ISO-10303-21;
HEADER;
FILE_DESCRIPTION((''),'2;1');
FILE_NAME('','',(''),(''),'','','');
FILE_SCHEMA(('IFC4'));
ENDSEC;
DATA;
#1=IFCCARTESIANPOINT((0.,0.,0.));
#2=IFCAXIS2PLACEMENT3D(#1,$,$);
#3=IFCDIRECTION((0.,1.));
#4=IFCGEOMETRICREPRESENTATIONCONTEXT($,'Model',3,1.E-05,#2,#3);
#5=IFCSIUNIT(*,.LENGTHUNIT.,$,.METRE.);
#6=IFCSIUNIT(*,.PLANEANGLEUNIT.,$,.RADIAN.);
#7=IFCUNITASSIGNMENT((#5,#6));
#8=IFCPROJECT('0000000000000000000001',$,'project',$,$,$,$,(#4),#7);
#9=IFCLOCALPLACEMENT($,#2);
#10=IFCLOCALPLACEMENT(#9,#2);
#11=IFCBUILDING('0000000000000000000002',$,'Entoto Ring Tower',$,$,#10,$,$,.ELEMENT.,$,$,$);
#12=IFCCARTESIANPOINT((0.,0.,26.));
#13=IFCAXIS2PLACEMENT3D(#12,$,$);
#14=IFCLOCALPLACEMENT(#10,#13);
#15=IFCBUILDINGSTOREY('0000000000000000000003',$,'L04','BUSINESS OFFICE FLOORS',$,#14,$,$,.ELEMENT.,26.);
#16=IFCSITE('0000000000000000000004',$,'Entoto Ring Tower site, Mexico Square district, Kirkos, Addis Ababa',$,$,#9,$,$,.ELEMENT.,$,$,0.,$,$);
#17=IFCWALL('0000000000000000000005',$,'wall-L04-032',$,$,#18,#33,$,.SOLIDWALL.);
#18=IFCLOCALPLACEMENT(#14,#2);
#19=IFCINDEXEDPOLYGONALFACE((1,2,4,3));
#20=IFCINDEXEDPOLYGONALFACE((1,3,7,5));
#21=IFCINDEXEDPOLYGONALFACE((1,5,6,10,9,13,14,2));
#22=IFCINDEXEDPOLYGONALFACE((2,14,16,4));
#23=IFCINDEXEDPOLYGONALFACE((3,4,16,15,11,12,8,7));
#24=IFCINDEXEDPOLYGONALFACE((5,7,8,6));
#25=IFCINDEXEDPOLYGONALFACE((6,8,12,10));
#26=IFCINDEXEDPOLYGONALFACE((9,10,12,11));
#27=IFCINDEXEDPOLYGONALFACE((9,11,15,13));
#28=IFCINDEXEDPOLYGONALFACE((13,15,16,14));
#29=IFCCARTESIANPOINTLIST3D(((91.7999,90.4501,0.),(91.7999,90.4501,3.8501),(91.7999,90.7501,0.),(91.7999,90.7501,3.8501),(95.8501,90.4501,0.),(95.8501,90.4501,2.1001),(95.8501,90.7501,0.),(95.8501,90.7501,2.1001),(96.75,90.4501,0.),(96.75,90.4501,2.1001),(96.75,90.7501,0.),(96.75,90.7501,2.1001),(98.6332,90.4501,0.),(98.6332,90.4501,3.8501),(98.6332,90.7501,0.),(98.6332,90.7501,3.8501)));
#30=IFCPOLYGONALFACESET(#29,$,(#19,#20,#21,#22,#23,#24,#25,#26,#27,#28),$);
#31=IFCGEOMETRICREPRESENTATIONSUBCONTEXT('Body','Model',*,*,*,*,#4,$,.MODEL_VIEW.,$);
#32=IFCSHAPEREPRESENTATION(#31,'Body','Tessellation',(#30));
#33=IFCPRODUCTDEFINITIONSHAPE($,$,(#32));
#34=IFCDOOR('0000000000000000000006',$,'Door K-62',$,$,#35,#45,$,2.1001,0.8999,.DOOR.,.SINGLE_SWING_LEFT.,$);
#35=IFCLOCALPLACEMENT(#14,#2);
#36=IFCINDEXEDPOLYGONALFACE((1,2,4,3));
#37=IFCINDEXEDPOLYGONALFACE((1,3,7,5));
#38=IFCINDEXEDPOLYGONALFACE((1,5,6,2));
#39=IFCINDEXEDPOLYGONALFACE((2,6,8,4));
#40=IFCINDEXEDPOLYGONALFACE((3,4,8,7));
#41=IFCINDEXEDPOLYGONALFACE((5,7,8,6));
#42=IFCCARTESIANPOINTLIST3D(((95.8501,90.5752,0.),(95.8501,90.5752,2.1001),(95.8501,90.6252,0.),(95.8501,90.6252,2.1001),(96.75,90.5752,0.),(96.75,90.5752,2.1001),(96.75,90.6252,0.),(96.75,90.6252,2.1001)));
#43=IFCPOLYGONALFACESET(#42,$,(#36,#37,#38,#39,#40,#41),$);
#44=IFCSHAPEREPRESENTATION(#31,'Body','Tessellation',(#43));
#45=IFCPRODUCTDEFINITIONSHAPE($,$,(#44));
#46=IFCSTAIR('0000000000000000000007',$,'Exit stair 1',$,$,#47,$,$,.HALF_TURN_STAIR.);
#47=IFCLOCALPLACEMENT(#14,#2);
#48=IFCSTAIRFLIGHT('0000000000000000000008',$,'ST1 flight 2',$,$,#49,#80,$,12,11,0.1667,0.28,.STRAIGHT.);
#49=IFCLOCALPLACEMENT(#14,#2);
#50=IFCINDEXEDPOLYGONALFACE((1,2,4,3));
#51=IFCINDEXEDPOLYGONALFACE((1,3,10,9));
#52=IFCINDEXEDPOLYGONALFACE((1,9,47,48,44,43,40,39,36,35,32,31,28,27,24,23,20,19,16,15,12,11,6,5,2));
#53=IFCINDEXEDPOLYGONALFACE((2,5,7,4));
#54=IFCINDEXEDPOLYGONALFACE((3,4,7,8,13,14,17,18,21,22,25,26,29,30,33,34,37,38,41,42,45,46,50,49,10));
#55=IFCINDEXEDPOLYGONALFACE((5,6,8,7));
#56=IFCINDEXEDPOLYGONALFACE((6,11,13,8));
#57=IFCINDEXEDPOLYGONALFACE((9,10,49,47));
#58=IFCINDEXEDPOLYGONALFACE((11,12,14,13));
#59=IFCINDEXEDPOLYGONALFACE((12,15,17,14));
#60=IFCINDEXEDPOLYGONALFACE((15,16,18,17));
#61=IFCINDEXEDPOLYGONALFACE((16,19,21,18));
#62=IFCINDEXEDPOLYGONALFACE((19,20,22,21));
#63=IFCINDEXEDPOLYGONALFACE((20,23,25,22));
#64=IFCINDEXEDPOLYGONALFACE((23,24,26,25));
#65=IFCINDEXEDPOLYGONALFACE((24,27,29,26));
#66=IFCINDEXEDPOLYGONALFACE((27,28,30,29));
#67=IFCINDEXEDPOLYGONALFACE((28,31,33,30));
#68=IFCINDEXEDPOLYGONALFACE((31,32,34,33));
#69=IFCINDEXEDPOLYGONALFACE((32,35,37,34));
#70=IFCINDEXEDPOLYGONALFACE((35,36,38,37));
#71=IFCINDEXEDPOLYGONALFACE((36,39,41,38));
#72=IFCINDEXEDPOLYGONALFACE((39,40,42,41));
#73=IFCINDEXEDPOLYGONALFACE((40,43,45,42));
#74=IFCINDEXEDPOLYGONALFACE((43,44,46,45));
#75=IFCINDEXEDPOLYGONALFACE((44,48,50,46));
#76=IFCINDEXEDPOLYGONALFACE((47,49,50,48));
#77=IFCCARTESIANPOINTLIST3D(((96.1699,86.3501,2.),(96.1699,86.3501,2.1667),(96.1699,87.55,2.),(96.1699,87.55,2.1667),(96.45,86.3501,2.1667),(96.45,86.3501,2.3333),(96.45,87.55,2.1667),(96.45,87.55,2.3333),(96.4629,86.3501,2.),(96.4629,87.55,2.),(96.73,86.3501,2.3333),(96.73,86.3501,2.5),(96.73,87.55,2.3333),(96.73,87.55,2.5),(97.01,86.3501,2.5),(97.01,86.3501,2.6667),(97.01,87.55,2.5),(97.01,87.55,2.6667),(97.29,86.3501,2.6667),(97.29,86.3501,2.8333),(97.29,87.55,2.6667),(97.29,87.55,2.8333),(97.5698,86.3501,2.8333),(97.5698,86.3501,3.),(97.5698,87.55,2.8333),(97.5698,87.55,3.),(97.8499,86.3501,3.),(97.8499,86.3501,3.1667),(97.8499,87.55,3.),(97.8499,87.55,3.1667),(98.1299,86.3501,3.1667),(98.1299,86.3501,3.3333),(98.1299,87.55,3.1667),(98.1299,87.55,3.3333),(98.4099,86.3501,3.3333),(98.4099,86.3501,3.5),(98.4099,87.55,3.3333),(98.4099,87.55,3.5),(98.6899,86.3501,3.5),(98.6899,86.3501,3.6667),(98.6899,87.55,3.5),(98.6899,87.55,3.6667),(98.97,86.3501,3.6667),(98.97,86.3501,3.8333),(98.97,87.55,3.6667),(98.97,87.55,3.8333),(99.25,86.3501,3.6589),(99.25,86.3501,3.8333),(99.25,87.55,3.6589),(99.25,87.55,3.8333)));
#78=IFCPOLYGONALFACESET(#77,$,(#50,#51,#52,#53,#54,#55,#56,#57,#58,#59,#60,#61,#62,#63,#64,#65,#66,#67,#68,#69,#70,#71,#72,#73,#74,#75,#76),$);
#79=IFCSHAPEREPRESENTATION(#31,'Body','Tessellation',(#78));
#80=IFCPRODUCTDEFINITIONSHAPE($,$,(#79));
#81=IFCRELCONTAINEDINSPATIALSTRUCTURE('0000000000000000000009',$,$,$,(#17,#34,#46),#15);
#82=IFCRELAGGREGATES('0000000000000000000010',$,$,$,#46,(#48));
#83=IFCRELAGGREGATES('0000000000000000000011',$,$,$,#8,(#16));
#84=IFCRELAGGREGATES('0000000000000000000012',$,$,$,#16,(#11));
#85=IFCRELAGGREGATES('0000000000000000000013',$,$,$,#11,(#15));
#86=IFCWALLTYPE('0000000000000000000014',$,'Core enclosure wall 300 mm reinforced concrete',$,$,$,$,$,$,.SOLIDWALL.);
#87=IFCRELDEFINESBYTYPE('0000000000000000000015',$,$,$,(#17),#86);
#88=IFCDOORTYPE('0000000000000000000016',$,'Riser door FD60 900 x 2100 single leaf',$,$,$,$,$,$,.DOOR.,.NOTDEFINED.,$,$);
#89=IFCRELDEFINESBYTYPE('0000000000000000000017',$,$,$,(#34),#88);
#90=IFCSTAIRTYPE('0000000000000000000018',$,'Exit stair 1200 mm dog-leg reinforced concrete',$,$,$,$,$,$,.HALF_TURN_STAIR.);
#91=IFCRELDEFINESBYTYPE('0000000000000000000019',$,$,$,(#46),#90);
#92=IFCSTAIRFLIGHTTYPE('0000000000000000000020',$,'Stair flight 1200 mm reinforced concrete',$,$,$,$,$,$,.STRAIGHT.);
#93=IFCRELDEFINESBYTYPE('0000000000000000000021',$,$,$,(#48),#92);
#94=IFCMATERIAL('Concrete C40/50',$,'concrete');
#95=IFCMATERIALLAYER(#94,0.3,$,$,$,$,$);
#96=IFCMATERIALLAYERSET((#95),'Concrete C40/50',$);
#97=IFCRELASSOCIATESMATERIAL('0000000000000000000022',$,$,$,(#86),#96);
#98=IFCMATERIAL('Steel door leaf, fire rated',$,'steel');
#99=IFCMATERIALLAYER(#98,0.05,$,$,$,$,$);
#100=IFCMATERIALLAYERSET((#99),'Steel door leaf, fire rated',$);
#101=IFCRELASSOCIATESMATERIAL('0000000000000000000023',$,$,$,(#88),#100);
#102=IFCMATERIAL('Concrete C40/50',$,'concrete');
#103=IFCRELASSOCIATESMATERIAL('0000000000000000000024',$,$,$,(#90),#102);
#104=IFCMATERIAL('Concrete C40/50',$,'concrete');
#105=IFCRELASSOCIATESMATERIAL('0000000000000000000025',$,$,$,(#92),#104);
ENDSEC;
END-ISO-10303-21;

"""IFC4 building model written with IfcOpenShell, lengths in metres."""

from ifc_helpers import new_model, si_unit, direction, frame, frame_2d, origin, place, context, subcontext, project, spatial, polyline, rectangle, outline, extrude, material, layer, layer_set, type_object, element, fill, aggregate, save


model = new_model("IFC4")

# Units and contexts
model_context = context("Model", 3, precision=1e-05, world=origin(), true_north=direction((0.0, 1.0)))
body_context = subcontext(model_context, "Body", "Model", "MODEL_VIEW")
ifc_project = project(units=[si_unit("LENGTHUNIT", "METRE"), si_unit("PLANEANGLEUNIT", "RADIAN")], contexts=[model_context])

# Site, building, storey
site_placement = place(None, origin())
site = spatial("IfcSite", under=ifc_project, at=site_placement, Name="Entoto Ring Tower site, Mexico Square district, Kirkos, Addis Ababa", CompositionType="ELEMENT", RefElevation=0.0)
building_placement = place(site_placement, origin())
building = spatial("IfcBuilding", under=site, at=building_placement, Name="Entoto Ring Tower", CompositionType="ELEMENT")
storey_placement = place(building_placement, frame((0.0, 0.0, 26.0)))
storey = spatial("IfcBuildingStorey", under=building, at=storey_placement, Name="L04", Description="BUSINESS OFFICE FLOORS", CompositionType="ELEMENT", Elevation=26.0)

# Shared definitions
ifc_material_1 = material(Name="Concrete C40/50", Category="concrete")
ifc_layer_1 = layer(ifc_material_1, 0.3)
ifc_layer_set_1 = layer_set([ifc_layer_1], Name="Concrete C40/50")
wall_type = type_object("IfcWallType", Name="Core enclosure wall 300 mm reinforced concrete", PredefinedType="SOLIDWALL", material=ifc_layer_set_1)

# Wall, opening, door
wall_1_placement = place(storey_placement, frame((91.8, 90.6001, 0.0), z_axis=(0.0, 0.0, 1.0), x_axis=(1.0, 0.0, 0.0)))
wall_1 = element("IfcWall", 1, at=wall_1_placement, inside=storey, type_object=wall_type, Name="wall-L04-032", PredefinedType="SOLIDWALL", context=body_context, shape_type="SweptSolid", body=[
    extrude(rectangle(XDim=6.8333, YDim=0.3, at=frame_2d((3.4165, 0.0))), origin(), (0.0, 0.0, 1.0), 3.8501),
])
opening_1_placement = place(wall_1_placement, frame((4.05, 0.0, 0.0)))
opening_1 = element("IfcOpeningElement", 2, at=opening_1_placement, cuts=wall_1, PredefinedType="OPENING", context=body_context, shape_type="SweptSolid", body=[
    extrude(rectangle(XDim=0.8999, YDim=2.1001, at=frame_2d((0.45, 1.05))), frame((0.0, 0.1602, 0.0), z_axis=(0.0, -1.0, 0.0), x_axis=(1.0, 0.0, 0.0)), (0.0, 0.0, 1.0), 0.3201),
])
ifc_material_2 = material(Name="Steel door leaf, fire rated", Category="steel")
ifc_layer_2 = layer(ifc_material_2, 0.05)
ifc_layer_set_2 = layer_set([ifc_layer_2], Name="Steel door leaf, fire rated")
door_type_1 = type_object("IfcDoorType", Name="Riser door FD60 900 x 2100 single leaf", OperationType="NOTDEFINED", PredefinedType="DOOR", material=ifc_layer_set_2)
door_1_placement = place(opening_1_placement, frame((0.8999, 0.0, 0.0), z_axis=(0.0, 0.0, 1.0), x_axis=(-1.0, 0.0, 0.0)))
door_1 = element("IfcDoor", 3, at=door_1_placement, inside=storey, type_object=door_type_1, Name="Door K-62", OperationType="SINGLE_SWING_LEFT", OverallHeight=2.1001, OverallWidth=0.8999, PredefinedType="DOOR", context=body_context, shape_type="SweptSolid", body=[
    extrude(rectangle(XDim=0.8999, YDim=2.1001, at=frame_2d((0.45, 1.05))), frame((0.0, 0.0249, 0.0), z_axis=(0.0, -1.0, 0.0), x_axis=(1.0, 0.0, 0.0)), (0.0, 0.0, 1.0), 0.05),
])
fill(opening_1, door_1)

# Stair, stair flight
ifc_material_3 = material(Name="Concrete C40/50", Category="concrete")
stair_type = type_object("IfcStairType", Name="Exit stair 1200 mm dog-leg reinforced concrete", PredefinedType="HALF_TURN_STAIR", material=ifc_material_3)
stair_placement = place(storey_placement, origin())
stair = element("IfcStair", 4, at=stair_placement, inside=storey, type_object=stair_type, Name="Exit stair 1", PredefinedType="HALF_TURN_STAIR")
ifc_material_4 = material(Name="Concrete C40/50", Category="concrete")
stair_flight_type = type_object("IfcStairFlightType", Name="Stair flight 1200 mm reinforced concrete", PredefinedType="STRAIGHT", material=ifc_material_4)
stair_flight_placement = place(storey_placement, frame((96.1699, 86.95, 2.0), z_axis=(0.0, 0.0, 1.0), x_axis=(1.0, 0.0, 0.0)))
stair_flight = element("IfcStairFlight", 5, at=stair_flight_placement, type_object=stair_flight_type, Name="ST1 flight 2", NumberOfRisers=12, NumberOfTreads=11, PredefinedType="STRAIGHT", RiserHeight=0.1667, TreadLength=0.28, context=body_context, shape_type="SweptSolid", body=[
    extrude(outline(polyline([(0.0, 0.0), (0.0, 0.1667), (0.28, 0.1667), (0.28, 0.3333), (0.5601, 0.3333), (0.5601, 0.5), (0.8401, 0.5), (0.8401, 0.6667), (1.1201, 0.6667), (1.1201, 0.8333), (1.3999, 0.8333), (1.3999, 1.0), (1.6799, 1.0), (1.6799, 1.1667), (1.96, 1.1667), (1.96, 1.3333), (2.24, 1.3333), (2.24, 1.5), (2.52, 1.5), (2.52, 1.6667), (2.8, 1.6667), (2.8, 1.8333), (3.0801, 1.8333), (3.0801, 2.0), (3.0801, 1.6589), (0.293, 0.0), (0.0, 0.0)])), frame((0.0, 0.6001, 0.0), z_axis=(0.0, -1.0, 0.0), x_axis=(1.0, 0.0, 0.0)), (0.0, 0.0, 1.0), 1.2),
])
aggregate(stair, [stair_flight])

save(model, "model.ifc")
